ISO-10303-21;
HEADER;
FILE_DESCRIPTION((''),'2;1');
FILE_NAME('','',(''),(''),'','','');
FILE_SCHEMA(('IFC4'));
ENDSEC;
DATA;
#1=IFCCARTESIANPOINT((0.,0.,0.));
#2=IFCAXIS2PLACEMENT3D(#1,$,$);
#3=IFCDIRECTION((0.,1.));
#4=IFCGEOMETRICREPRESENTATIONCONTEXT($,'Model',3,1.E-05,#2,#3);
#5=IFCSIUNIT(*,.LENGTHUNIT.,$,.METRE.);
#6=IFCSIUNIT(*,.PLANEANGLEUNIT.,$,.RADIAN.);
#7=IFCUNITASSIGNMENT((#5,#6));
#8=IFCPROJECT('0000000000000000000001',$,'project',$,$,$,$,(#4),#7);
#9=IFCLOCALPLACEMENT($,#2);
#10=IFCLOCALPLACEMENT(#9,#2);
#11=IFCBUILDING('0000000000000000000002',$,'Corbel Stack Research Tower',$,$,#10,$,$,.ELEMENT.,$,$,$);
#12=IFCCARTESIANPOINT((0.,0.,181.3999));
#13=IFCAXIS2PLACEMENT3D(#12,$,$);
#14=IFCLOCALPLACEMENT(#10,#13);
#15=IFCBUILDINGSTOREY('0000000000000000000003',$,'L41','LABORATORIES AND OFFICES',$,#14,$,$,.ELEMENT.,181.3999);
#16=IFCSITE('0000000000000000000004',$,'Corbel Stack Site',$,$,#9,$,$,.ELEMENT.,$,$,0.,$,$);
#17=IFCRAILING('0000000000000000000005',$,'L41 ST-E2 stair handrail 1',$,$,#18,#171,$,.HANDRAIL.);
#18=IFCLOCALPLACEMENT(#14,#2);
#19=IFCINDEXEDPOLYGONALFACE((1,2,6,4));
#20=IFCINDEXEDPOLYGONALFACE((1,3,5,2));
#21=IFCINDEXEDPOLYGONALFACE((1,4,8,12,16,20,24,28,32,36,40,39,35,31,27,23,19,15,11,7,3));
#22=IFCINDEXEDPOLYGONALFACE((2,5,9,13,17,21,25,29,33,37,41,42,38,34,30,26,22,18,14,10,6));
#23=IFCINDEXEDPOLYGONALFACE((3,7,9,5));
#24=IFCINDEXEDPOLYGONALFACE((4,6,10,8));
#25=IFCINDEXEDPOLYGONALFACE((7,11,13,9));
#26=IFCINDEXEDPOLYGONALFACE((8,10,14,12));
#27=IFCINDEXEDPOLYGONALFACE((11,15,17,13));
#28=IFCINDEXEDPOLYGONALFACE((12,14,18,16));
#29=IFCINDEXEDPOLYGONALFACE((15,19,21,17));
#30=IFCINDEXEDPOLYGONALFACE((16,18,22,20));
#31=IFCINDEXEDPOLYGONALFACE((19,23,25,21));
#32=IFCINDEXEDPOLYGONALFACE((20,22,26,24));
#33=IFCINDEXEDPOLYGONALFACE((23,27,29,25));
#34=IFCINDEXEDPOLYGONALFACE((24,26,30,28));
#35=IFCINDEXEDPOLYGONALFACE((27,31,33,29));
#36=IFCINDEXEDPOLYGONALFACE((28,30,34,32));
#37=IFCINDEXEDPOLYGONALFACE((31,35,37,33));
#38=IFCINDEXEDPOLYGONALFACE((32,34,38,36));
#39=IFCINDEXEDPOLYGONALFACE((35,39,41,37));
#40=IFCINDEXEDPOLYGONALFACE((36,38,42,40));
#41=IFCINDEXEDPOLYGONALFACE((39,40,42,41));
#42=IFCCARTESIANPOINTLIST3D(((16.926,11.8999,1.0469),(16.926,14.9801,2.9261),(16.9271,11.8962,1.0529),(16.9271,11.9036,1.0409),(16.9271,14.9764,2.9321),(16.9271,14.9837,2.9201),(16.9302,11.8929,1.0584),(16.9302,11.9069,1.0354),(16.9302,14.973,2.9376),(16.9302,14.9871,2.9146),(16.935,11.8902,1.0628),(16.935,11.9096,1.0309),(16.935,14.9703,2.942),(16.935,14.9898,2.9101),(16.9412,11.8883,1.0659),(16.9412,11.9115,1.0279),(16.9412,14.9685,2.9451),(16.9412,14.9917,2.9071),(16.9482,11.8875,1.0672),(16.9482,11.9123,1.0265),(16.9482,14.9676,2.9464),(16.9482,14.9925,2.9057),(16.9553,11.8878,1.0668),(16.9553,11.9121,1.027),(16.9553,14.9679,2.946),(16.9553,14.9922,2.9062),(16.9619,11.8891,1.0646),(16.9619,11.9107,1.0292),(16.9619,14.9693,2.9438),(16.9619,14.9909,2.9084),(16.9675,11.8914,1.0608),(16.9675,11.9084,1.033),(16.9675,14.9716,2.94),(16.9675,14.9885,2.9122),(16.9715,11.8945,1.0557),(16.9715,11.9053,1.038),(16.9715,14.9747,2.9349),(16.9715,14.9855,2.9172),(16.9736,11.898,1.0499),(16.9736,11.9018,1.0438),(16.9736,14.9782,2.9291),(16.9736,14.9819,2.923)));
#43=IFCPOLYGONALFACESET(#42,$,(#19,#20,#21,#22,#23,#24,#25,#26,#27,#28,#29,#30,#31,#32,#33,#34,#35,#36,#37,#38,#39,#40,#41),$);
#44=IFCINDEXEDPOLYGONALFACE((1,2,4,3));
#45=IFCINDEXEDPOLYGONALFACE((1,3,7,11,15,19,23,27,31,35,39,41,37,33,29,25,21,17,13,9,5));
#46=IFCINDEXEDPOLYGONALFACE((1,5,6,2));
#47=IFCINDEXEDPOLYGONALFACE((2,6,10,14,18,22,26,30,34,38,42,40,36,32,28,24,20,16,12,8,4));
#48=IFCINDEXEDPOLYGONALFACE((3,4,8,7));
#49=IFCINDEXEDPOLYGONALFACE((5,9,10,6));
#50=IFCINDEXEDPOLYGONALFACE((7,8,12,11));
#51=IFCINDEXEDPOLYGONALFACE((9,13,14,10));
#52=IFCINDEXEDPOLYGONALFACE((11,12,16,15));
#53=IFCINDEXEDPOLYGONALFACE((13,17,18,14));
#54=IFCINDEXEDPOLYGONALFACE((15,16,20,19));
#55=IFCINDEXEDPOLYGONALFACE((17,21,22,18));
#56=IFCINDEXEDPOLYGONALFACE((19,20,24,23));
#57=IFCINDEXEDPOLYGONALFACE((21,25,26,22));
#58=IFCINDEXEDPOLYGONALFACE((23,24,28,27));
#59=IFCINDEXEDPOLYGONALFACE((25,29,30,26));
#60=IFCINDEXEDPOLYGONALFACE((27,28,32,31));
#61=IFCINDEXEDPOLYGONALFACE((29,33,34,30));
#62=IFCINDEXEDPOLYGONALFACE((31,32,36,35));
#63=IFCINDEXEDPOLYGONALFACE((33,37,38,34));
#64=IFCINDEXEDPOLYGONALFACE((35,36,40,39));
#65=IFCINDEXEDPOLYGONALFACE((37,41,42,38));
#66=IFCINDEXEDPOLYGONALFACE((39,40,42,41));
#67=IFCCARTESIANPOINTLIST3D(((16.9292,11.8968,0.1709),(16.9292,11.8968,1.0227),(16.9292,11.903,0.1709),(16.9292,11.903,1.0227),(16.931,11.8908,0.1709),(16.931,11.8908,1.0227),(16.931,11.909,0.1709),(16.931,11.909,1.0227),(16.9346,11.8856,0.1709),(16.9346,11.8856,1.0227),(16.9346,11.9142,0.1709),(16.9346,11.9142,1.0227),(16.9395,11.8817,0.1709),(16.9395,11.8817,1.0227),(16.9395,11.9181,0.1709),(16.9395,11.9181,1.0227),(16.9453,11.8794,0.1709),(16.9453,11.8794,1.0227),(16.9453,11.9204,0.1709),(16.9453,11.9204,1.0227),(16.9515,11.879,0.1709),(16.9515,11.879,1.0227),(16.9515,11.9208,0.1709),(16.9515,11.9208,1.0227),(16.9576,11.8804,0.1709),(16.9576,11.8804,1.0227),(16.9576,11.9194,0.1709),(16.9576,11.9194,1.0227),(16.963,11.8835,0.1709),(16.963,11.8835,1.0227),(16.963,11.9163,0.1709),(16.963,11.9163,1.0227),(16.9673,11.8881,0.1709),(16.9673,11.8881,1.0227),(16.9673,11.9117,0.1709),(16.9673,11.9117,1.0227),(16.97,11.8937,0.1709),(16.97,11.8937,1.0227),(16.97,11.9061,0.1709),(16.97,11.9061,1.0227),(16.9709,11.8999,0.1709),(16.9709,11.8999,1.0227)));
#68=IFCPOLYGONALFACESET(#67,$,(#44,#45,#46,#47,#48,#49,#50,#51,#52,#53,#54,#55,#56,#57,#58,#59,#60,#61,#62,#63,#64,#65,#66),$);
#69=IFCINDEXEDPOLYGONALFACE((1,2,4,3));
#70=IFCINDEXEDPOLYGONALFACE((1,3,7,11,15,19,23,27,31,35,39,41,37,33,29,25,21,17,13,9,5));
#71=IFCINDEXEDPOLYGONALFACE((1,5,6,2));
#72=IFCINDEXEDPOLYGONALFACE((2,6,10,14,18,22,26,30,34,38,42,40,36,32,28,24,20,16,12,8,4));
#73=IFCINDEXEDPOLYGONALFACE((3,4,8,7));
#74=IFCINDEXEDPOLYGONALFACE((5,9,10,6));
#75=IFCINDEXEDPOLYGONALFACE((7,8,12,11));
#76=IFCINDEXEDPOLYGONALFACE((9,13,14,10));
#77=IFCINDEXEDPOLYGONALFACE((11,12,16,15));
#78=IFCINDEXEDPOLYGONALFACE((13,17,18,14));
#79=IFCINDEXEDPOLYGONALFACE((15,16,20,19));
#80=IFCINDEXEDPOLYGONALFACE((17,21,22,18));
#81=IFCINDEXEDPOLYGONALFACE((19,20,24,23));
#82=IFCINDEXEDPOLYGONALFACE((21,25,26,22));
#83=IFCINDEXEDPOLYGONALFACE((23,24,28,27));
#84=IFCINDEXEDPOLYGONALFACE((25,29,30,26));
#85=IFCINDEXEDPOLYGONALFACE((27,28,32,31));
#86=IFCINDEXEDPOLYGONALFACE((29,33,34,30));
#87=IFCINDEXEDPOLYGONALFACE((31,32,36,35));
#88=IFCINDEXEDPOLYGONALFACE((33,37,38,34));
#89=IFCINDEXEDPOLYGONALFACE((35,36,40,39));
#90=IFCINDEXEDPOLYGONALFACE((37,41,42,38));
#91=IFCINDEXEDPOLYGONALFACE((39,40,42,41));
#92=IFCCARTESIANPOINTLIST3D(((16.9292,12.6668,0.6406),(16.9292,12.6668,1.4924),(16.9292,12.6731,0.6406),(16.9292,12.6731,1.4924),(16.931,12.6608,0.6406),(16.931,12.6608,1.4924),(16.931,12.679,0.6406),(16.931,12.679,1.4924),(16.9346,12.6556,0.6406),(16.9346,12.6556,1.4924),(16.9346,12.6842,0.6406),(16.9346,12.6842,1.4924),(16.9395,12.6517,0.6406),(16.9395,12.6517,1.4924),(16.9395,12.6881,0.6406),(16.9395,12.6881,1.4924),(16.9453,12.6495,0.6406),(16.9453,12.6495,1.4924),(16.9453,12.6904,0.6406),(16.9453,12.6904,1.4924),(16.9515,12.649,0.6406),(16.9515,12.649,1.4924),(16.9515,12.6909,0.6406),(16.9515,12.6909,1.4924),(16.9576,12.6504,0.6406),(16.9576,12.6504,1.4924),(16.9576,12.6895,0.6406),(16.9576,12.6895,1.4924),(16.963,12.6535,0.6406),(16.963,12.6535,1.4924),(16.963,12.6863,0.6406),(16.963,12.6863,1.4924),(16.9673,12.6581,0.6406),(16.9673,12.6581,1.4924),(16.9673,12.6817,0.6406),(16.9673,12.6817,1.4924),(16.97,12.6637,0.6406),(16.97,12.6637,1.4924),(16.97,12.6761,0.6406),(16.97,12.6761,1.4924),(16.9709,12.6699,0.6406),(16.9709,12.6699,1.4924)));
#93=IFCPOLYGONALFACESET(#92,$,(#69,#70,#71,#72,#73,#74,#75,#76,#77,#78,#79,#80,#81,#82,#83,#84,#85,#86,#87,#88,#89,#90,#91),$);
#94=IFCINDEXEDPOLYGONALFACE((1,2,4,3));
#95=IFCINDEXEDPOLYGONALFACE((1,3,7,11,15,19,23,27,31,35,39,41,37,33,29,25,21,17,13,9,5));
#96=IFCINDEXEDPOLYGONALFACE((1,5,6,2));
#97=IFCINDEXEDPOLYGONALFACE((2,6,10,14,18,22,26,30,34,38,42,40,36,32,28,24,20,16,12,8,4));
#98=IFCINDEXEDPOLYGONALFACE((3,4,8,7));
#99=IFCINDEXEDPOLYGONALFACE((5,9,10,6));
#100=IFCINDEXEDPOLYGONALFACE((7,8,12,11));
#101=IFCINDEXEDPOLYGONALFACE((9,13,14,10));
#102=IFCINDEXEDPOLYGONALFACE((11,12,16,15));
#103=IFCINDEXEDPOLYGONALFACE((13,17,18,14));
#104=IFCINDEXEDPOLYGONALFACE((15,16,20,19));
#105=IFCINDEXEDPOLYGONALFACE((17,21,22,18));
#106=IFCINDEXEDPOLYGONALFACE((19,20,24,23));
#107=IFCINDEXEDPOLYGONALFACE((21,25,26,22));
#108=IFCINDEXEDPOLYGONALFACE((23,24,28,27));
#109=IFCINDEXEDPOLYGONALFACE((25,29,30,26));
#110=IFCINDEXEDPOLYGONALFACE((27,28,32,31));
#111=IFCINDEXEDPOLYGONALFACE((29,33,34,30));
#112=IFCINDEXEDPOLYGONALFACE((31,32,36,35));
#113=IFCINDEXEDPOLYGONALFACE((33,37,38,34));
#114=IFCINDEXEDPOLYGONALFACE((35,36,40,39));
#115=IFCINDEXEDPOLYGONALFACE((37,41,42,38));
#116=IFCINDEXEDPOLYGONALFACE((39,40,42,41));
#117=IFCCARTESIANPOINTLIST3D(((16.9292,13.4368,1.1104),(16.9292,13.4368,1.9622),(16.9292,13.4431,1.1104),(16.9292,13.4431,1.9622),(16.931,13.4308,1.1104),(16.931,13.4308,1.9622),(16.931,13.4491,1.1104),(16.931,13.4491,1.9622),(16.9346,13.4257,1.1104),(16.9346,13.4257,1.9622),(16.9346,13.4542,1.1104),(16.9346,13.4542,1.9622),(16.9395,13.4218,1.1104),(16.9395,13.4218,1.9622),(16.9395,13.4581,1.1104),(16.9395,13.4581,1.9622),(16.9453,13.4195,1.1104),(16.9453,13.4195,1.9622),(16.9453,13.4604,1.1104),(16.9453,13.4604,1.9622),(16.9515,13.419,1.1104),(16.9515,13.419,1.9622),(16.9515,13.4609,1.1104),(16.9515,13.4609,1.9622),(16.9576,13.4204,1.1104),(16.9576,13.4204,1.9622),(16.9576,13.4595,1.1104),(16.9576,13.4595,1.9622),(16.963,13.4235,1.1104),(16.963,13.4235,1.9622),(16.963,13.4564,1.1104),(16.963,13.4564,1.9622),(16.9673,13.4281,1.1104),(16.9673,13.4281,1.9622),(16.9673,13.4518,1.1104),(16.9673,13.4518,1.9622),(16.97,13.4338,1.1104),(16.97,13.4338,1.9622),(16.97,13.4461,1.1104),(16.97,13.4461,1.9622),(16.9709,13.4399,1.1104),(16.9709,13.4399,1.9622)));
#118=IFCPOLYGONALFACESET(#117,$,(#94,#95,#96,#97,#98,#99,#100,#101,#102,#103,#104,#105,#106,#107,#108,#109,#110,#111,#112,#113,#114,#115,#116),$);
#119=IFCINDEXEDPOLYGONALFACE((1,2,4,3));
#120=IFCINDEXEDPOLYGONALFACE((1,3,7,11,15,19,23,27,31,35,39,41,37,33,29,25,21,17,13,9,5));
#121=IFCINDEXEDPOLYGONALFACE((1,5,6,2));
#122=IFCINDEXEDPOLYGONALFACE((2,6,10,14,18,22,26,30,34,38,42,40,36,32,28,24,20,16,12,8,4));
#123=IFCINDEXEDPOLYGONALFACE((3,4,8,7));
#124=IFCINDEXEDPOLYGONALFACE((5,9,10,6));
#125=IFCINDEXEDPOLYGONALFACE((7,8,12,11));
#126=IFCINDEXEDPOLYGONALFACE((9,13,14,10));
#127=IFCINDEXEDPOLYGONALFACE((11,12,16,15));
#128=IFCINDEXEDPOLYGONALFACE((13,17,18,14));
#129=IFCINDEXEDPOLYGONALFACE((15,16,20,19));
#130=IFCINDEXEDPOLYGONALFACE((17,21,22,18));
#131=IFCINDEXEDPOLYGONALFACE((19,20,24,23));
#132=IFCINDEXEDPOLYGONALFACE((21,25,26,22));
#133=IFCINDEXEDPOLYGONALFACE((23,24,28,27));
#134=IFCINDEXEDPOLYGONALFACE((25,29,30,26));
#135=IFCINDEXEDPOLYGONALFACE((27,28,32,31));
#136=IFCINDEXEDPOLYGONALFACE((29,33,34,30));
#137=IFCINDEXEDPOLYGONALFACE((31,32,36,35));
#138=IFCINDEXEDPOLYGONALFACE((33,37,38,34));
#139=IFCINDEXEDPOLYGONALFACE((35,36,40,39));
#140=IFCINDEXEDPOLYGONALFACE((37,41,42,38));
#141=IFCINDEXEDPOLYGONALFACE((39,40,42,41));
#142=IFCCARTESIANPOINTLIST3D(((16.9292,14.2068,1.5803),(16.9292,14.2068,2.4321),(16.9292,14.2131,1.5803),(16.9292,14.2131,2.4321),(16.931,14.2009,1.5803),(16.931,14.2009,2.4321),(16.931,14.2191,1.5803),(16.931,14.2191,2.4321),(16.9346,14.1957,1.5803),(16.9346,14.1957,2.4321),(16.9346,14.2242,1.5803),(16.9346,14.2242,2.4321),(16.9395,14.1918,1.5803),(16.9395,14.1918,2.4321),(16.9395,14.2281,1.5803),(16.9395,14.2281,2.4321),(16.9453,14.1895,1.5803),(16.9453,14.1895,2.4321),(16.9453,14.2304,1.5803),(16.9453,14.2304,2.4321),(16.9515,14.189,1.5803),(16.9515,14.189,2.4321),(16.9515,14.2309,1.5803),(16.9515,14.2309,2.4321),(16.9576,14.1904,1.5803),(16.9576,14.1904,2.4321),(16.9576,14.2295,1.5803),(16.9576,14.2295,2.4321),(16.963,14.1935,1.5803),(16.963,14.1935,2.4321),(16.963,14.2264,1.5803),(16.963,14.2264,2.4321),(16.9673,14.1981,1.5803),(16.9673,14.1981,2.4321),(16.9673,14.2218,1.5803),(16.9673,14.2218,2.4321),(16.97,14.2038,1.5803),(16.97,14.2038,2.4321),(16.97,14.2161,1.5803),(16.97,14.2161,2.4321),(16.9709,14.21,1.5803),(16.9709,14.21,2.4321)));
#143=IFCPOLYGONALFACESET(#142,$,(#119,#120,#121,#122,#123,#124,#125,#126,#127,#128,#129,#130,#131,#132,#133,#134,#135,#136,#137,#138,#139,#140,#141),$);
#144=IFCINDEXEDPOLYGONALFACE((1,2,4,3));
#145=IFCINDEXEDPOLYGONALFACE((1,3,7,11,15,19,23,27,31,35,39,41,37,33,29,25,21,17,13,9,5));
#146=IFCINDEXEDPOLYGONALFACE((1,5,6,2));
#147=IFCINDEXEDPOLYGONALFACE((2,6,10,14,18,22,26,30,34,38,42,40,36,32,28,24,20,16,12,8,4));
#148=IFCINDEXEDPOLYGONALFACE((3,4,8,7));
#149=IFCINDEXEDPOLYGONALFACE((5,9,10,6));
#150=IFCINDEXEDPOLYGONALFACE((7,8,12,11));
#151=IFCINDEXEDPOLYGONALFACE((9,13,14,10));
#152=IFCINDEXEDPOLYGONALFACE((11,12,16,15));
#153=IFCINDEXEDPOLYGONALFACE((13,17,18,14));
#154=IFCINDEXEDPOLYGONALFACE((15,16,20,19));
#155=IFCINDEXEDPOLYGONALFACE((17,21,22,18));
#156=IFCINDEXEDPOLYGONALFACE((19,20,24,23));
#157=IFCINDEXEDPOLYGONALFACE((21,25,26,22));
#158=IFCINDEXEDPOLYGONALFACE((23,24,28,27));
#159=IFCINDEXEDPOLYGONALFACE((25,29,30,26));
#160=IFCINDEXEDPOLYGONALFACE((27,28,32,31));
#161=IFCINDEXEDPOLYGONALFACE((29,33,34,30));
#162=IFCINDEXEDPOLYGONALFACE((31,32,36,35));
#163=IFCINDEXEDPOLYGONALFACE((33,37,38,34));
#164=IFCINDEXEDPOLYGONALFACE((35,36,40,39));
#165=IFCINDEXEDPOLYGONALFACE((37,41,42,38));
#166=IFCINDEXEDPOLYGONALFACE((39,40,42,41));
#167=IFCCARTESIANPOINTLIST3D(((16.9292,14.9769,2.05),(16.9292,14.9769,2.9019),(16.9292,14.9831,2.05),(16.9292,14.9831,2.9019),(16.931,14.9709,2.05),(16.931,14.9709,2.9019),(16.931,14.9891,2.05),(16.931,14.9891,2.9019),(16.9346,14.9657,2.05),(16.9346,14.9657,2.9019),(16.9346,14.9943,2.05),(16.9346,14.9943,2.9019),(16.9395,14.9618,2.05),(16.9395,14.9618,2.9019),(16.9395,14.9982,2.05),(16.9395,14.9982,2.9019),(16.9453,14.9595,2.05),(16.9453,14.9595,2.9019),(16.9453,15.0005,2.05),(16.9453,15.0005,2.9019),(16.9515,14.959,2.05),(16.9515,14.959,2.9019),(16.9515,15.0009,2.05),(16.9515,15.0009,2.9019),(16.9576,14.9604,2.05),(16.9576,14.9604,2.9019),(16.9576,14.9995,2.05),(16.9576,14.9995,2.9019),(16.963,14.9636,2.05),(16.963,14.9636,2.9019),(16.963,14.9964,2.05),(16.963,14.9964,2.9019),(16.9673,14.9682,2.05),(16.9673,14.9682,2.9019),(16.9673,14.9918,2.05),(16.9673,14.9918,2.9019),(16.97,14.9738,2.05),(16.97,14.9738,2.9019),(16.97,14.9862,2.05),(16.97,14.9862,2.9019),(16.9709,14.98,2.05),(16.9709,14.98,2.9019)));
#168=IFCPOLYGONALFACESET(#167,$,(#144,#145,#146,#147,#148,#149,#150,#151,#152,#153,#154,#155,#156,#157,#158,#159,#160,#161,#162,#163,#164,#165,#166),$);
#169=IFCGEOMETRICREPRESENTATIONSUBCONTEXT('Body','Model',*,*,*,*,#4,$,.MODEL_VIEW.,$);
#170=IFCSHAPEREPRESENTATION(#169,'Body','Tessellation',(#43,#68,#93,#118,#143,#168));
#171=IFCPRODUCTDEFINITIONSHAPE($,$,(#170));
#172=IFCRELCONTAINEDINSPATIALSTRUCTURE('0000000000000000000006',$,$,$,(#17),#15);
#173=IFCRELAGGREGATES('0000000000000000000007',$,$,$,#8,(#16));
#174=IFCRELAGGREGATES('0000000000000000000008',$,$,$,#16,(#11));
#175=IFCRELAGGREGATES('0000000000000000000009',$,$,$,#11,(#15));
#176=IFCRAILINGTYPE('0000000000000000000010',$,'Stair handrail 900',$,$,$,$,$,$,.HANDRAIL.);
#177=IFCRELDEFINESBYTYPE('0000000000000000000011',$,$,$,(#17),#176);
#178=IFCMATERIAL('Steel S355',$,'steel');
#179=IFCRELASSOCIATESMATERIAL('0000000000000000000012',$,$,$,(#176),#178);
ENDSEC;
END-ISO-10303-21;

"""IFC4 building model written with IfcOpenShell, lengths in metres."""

from ifc_helpers import new_model, si_unit, direction, frame, origin, origin_2d, place, context, subcontext, project, spatial, circle, extrude, material, type_object, element, save


model = new_model("IFC4")

# Units and contexts
model_context = context("Model", 3, precision=1e-05, world=origin(), true_north=direction((0.0, 1.0)))
body_context = subcontext(model_context, "Body", "Model", "MODEL_VIEW")
ifc_project = project(units=[si_unit("LENGTHUNIT", "METRE"), si_unit("PLANEANGLEUNIT", "RADIAN")], contexts=[model_context])

# Site, building, storey
site_placement = place(None, origin())
site = spatial("IfcSite", under=ifc_project, at=site_placement, Name="Corbel Stack Site", CompositionType="ELEMENT", RefElevation=0.0)
building_placement = place(site_placement, origin())
building = spatial("IfcBuilding", under=site, at=building_placement, Name="Corbel Stack Research Tower", CompositionType="ELEMENT")
storey_placement = place(building_placement, frame((0.0, 0.0, 181.3999)))
storey = spatial("IfcBuildingStorey", under=building, at=storey_placement, Name="L41", Description="LABORATORIES AND OFFICES", CompositionType="ELEMENT", Elevation=181.3999)

# Railing
ifc_material_1 = material(Name="Steel S355", Category="steel")
railing_type_1 = type_object("IfcRailingType", Name="Stair handrail 900", PredefinedType="HANDRAIL", material=ifc_material_1)
railing_1_placement = place(storey_placement, frame((16.95, 11.8999, 0.1709)))
element("IfcRailing", 1, at=railing_1_placement, inside=storey, type_object=railing_type_1, Name="L41 ST-E2 stair handrail 1", PredefinedType="HANDRAIL", context=body_context, shape_type="SweptSolid", body=[
    extrude(circle(Radius=0.0239, at=origin_2d()), frame((0.0, 0.0, 0.876), z_axis=(0.0, 0.853666, 0.52082), x_axis=(-1.0, 0.0, 0.0)), (0.0, 0.0, 1.0), 3.6082),
    extrude(circle(Radius=0.021, at=origin_2d()), origin(), (0.0, 0.0, 1.0), 0.8518),
    extrude(circle(Radius=0.021, at=origin_2d()), frame((0.0, 0.77, 0.4697)), (0.0, 0.0, 1.0), 0.8518),
    extrude(circle(Radius=0.021, at=origin_2d()), frame((0.0, 1.54, 0.9395)), (0.0, 0.0, 1.0), 0.8518),
    extrude(circle(Radius=0.021, at=origin_2d()), frame((0.0, 2.3101, 1.4094)), (0.0, 0.0, 1.0), 0.8518),
    extrude(circle(Radius=0.021, at=origin_2d()), frame((0.0, 3.0801, 1.8792)), (0.0, 0.0, 1.0), 0.8518),
])

save(model, "model.ifc")
